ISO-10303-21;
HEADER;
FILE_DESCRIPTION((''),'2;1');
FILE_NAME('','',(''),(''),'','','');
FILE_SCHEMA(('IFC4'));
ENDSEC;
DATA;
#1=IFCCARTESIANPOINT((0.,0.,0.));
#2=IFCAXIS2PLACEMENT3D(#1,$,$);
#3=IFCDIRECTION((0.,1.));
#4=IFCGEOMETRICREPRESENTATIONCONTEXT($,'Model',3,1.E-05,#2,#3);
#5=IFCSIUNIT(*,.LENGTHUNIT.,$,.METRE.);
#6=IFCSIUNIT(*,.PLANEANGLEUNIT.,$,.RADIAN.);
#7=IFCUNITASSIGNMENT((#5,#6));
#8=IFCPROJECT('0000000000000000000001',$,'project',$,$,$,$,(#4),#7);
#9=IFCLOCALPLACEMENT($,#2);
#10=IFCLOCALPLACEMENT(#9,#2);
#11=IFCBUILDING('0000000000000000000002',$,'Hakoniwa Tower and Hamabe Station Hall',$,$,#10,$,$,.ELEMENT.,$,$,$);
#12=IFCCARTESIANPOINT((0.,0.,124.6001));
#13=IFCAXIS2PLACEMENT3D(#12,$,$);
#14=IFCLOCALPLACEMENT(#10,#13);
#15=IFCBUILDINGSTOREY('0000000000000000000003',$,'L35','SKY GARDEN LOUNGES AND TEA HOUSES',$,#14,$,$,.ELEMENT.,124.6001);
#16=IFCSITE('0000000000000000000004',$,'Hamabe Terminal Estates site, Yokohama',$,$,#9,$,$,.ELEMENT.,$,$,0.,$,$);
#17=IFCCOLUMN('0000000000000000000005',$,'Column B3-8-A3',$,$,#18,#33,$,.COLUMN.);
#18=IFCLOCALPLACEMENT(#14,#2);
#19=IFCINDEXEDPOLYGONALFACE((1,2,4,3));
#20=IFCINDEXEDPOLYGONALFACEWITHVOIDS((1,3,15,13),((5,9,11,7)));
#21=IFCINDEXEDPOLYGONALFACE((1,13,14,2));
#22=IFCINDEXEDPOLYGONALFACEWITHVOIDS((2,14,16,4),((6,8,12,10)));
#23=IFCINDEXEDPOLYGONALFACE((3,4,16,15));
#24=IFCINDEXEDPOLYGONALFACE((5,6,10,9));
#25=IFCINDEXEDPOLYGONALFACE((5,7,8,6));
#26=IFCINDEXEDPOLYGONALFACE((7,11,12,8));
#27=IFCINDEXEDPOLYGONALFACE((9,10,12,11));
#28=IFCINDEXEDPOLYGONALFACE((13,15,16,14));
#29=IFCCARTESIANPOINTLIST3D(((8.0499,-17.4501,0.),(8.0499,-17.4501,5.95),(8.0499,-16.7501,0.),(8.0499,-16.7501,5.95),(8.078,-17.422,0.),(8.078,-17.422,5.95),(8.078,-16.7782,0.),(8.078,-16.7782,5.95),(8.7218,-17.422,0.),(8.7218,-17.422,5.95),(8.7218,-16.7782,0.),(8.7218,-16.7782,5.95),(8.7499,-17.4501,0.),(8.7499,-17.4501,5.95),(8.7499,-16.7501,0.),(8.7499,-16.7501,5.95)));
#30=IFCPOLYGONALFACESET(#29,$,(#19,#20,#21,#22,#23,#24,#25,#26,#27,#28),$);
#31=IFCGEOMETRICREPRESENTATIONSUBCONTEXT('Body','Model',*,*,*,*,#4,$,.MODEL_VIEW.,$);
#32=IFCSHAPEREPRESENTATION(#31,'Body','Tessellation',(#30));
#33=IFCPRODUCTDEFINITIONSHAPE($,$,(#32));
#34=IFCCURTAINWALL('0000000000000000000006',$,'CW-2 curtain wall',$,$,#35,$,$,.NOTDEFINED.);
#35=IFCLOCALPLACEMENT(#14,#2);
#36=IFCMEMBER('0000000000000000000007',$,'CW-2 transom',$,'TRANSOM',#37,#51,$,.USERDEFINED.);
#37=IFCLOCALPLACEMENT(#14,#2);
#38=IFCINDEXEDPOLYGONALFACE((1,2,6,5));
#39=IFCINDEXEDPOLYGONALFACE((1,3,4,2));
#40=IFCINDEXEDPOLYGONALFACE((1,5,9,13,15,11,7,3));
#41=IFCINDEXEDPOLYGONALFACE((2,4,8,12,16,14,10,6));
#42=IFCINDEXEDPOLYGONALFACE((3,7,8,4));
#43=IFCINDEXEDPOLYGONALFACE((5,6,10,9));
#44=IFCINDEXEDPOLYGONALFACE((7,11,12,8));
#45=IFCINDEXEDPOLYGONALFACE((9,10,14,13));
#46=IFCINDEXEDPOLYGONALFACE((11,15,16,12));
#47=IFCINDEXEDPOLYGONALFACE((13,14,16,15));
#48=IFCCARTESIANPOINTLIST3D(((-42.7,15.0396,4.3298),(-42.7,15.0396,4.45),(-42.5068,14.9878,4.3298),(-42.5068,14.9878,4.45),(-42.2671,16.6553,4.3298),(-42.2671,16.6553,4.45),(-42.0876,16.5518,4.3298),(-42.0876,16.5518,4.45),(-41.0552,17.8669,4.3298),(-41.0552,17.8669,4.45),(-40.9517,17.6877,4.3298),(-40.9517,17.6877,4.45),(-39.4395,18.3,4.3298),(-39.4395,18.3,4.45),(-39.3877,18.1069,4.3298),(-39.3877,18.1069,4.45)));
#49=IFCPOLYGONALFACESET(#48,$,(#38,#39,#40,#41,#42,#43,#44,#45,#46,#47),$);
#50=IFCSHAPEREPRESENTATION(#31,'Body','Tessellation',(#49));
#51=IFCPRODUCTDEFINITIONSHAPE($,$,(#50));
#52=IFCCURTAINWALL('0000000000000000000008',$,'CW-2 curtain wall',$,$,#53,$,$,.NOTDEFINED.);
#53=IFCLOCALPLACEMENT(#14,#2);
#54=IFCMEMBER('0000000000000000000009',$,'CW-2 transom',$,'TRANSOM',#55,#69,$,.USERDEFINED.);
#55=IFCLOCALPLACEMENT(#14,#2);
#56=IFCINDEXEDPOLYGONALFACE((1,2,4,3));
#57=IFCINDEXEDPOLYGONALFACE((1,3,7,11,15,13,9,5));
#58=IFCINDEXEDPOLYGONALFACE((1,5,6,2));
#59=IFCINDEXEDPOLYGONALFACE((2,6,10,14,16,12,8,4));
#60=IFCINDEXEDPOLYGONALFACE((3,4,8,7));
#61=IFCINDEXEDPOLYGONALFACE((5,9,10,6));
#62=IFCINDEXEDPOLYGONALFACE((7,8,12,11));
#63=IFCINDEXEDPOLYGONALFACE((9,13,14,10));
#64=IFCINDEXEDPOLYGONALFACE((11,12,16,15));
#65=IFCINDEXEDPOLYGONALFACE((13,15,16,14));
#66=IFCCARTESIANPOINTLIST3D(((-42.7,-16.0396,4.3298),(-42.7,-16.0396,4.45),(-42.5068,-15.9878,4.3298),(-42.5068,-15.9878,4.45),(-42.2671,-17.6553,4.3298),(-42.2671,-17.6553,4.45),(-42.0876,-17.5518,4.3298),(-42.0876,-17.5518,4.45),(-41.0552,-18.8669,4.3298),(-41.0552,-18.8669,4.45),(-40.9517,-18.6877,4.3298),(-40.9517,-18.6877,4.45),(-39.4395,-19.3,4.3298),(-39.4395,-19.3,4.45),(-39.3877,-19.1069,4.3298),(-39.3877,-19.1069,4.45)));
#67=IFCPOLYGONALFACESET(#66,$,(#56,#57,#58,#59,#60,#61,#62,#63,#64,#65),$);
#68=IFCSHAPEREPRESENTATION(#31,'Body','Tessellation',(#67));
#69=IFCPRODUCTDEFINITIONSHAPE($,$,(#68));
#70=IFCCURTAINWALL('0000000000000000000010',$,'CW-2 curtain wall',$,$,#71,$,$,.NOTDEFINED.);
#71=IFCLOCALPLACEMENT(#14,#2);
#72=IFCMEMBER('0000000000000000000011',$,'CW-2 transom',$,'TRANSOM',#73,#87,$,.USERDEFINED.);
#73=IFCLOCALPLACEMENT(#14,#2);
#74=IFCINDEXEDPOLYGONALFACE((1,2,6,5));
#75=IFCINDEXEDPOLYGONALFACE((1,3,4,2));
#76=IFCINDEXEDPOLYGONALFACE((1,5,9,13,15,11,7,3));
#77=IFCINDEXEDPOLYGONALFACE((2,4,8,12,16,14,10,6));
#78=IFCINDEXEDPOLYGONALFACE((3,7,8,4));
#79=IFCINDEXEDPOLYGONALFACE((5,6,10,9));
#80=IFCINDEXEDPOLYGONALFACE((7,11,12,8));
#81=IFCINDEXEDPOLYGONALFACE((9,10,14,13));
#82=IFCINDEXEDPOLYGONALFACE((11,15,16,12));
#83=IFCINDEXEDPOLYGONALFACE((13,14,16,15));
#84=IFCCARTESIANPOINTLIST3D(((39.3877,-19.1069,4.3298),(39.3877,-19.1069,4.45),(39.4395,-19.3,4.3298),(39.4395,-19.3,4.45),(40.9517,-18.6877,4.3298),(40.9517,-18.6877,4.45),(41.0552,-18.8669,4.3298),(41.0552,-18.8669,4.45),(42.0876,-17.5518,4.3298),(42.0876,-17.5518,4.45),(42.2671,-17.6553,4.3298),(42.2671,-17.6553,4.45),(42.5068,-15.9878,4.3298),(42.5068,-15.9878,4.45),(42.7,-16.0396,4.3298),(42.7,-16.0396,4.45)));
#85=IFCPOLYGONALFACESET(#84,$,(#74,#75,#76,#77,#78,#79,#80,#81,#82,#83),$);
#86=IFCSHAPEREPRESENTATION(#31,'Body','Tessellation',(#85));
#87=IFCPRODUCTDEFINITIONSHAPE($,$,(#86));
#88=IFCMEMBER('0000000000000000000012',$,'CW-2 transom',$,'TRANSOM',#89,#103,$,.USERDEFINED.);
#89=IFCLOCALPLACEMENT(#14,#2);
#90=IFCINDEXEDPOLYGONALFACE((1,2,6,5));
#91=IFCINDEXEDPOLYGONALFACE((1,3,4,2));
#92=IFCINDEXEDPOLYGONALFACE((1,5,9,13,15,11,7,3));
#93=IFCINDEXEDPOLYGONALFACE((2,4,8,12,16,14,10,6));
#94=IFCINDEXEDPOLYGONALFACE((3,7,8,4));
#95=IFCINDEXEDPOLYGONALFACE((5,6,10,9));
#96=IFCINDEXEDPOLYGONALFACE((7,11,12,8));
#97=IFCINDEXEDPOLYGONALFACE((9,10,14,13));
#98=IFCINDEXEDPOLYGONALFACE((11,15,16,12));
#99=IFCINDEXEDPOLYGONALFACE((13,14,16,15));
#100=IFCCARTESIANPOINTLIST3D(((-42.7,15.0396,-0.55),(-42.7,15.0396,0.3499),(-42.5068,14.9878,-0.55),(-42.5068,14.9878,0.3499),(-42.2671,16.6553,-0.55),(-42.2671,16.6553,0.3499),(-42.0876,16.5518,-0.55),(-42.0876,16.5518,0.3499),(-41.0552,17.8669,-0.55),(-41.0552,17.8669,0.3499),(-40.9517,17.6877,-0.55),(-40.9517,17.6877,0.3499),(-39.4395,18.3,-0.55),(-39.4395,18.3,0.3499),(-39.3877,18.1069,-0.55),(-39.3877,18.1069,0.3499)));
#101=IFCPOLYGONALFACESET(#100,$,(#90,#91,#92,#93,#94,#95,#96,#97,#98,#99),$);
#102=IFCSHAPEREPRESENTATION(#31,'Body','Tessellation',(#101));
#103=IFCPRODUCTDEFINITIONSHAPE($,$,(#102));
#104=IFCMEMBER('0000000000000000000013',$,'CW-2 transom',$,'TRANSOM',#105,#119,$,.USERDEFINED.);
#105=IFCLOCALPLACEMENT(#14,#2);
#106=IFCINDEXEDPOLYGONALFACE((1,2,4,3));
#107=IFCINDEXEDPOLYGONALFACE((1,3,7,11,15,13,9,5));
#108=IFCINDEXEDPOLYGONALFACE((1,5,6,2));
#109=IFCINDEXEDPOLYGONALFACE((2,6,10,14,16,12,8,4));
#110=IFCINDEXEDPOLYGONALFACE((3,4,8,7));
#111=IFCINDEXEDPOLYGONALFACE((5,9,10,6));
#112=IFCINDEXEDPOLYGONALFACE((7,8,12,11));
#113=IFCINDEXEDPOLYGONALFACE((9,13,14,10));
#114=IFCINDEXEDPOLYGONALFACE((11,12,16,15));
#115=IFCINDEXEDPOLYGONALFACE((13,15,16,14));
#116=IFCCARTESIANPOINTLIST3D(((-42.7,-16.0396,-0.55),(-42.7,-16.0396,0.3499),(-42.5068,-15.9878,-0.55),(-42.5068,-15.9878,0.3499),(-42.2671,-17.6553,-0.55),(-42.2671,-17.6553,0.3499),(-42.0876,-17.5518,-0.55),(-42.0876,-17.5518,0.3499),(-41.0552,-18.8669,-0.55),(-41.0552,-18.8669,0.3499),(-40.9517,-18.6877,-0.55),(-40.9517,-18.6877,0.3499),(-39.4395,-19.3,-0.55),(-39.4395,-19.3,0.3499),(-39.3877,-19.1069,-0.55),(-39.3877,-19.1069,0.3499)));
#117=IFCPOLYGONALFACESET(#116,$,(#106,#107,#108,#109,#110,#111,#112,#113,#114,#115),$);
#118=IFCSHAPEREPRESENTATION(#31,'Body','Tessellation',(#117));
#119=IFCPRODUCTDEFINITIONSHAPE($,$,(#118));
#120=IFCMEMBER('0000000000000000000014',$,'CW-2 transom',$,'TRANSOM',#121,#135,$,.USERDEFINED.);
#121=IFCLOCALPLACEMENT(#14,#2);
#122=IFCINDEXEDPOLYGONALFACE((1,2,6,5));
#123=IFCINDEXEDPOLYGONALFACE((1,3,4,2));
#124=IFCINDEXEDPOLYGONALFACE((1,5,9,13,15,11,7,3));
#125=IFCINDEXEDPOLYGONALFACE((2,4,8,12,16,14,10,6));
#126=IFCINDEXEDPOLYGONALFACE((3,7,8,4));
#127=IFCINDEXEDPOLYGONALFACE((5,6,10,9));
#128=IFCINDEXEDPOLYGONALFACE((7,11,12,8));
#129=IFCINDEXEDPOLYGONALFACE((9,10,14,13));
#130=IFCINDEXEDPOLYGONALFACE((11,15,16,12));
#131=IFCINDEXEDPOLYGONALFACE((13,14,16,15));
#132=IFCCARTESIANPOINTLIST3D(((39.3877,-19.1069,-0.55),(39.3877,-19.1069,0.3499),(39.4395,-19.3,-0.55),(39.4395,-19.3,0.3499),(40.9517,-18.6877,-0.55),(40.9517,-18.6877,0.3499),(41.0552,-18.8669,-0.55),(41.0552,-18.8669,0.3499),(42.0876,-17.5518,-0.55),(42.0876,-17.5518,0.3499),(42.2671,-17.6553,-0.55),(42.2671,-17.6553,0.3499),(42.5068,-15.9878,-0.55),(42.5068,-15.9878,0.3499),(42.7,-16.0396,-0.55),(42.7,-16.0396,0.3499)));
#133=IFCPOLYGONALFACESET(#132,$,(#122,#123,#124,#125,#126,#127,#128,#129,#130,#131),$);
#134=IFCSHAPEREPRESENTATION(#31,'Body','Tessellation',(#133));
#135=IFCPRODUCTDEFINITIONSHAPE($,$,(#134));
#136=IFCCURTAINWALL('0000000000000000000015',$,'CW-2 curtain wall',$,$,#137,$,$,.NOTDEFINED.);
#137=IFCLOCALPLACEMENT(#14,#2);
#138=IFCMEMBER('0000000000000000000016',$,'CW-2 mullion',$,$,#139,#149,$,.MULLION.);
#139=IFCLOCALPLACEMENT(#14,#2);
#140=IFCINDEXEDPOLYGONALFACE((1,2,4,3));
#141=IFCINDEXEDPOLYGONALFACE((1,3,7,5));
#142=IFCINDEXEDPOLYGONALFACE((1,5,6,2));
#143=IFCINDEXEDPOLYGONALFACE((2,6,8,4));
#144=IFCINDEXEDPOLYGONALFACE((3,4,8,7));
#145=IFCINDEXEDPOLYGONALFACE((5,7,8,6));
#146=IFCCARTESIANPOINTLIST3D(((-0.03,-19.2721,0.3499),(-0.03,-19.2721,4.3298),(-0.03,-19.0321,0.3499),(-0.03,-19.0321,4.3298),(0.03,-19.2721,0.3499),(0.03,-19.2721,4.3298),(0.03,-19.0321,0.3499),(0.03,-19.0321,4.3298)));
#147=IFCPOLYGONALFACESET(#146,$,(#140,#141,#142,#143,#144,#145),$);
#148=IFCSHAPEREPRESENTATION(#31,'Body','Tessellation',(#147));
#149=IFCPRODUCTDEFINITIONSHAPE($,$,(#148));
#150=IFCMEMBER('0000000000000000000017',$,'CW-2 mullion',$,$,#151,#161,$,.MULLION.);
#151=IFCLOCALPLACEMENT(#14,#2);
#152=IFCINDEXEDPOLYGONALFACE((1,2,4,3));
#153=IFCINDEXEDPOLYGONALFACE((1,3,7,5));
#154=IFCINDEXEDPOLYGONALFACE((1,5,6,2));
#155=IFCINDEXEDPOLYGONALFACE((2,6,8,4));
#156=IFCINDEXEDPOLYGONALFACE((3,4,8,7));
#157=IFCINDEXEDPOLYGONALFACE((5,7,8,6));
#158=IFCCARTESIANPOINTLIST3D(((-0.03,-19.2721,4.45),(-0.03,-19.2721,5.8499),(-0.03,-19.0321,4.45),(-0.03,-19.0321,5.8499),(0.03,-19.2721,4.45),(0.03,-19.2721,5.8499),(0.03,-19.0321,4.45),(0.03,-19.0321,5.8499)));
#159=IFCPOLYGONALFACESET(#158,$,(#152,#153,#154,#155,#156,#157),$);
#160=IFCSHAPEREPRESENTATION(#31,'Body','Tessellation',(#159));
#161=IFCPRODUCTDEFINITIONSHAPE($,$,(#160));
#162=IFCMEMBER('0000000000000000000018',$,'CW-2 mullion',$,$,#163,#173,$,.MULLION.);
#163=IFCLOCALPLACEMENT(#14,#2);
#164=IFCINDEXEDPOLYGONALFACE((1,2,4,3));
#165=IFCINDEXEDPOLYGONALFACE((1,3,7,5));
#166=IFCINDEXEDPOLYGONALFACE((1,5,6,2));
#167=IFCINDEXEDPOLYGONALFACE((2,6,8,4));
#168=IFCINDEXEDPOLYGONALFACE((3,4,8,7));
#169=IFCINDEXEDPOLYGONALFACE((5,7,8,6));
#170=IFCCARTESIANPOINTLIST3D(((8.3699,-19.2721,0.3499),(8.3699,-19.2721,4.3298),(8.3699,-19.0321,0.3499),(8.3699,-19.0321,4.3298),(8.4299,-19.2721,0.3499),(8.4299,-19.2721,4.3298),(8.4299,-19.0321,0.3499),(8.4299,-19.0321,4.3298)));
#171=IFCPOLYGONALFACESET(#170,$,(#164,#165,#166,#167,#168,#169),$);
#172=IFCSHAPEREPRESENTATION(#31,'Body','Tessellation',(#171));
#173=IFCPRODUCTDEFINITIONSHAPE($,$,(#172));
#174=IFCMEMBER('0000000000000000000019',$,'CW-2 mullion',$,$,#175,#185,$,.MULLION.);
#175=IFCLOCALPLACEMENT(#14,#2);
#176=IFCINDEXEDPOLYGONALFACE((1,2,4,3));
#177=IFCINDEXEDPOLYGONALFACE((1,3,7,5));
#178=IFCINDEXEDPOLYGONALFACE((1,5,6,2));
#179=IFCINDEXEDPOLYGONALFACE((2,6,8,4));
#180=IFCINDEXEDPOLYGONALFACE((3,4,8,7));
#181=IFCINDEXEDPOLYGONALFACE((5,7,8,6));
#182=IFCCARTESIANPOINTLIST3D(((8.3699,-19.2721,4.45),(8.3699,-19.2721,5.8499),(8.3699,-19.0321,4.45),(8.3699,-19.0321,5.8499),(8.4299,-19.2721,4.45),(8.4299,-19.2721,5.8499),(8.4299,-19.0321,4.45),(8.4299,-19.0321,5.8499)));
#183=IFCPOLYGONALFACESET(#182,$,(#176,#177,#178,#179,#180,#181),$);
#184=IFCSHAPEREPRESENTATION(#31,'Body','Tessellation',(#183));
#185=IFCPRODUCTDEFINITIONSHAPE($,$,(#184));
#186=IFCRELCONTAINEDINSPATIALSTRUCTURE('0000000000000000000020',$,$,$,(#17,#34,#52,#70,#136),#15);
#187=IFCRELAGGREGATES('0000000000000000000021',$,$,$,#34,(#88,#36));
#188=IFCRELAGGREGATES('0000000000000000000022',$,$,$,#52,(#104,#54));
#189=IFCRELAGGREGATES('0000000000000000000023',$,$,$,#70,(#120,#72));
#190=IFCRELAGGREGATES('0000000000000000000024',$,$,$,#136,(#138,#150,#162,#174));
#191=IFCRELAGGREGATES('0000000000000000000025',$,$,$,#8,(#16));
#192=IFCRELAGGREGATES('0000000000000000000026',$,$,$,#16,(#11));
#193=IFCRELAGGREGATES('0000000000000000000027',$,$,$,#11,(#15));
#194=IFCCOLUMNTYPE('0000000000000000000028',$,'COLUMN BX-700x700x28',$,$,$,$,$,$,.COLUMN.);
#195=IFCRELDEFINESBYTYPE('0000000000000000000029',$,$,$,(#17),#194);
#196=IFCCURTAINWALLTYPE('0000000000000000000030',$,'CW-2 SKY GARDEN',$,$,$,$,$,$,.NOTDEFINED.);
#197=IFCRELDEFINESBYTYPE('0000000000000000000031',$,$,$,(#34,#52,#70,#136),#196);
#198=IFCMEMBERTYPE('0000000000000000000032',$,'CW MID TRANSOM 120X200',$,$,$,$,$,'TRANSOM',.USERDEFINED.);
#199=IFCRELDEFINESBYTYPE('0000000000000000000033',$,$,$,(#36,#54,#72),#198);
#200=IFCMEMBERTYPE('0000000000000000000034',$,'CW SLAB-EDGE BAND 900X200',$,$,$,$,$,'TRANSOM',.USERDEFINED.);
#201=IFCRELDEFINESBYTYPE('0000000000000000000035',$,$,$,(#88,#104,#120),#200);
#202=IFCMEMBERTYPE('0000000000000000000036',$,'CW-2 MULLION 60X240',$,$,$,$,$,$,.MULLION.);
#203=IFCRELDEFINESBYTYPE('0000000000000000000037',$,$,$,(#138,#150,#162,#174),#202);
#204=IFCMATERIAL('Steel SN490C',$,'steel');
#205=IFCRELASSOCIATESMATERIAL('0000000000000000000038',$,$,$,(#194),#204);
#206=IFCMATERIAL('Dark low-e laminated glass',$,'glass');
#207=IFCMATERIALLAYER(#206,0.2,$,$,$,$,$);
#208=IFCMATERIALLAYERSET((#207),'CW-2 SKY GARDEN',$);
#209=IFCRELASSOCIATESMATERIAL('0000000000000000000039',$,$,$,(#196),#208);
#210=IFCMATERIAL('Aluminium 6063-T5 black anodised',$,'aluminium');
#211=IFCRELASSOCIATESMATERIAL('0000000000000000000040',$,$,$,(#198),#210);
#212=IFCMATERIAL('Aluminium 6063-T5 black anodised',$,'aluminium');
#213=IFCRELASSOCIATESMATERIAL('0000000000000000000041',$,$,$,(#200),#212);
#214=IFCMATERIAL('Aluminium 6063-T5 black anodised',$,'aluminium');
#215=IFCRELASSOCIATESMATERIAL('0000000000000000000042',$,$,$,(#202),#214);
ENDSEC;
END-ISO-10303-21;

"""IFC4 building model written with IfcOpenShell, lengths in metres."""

from ifc_helpers import new_model, si_unit, direction, frame, origin, origin_2d, place, context, subcontext, project, spatial, polyline, rectangle, hollow_rectangle, outline, extrude, material, layer, layer_set, material_profile, profile_set, type_object, element, aggregate, save


model = new_model("IFC4")

# Units and contexts
model_context = context("Model", 3, precision=1e-05, world=origin(), true_north=direction((0.0, 1.0)))
body_context = subcontext(model_context, "Body", "Model", "MODEL_VIEW")
ifc_project = project(units=[si_unit("LENGTHUNIT", "METRE"), si_unit("PLANEANGLEUNIT", "RADIAN")], contexts=[model_context])

# Site, building, storey
site_placement = place(None, origin())
site = spatial("IfcSite", under=ifc_project, at=site_placement, Name="Hamabe Terminal Estates site, Yokohama", CompositionType="ELEMENT", RefElevation=0.0)
building_placement = place(site_placement, origin())
building = spatial("IfcBuilding", under=site, at=building_placement, Name="Hakoniwa Tower and Hamabe Station Hall", CompositionType="ELEMENT")
storey_placement = place(building_placement, frame((0.0, 0.0, 124.6001)))
storey = spatial("IfcBuildingStorey", under=building, at=storey_placement, Name="L35", Description="SKY GARDEN LOUNGES AND TEA HOUSES", CompositionType="ELEMENT", Elevation=124.6001)

# Column
ifc_material_1 = material(Name="Steel SN490C", Category="steel")
ifc_material_profile_1 = material_profile(ifc_material_1, hollow_rectangle(XDim=0.7, YDim=0.7, WallThickness=0.0281, at=origin_2d()), Name="BX-700x700x28")
ifc_profile_set_1 = profile_set([ifc_material_profile_1], Name="Steel SN490C")
column_type = type_object("IfcColumnType", Name="COLUMN BX-700x700x28", PredefinedType="COLUMN", material=ifc_profile_set_1)
column_placement = place(storey_placement, frame((8.3999, -17.1001, 0.0), z_axis=(0.0, 0.0, 1.0), x_axis=(1.0, 0.0, 0.0)))
element("IfcColumn", 1, at=column_placement, inside=storey, type_object=column_type, Name="Column B3-8-A3", PredefinedType="COLUMN", context=body_context, shape_type="SweptSolid", body=[
    extrude(hollow_rectangle(XDim=0.7, YDim=0.7, WallThickness=0.0281, at=origin_2d()), origin(), (0.0, 0.0, 1.0), 5.95),
])

# Curtain walls, members
ifc_material_2 = material(Name="Dark low-e laminated glass", Category="glass")
ifc_layer_1 = layer(ifc_material_2, 0.2)
ifc_layer_set_1 = layer_set([ifc_layer_1], Name="CW-2 SKY GARDEN")
curtain_wall_type = type_object("IfcCurtainWallType", Name="CW-2 SKY GARDEN", PredefinedType="NOTDEFINED", material=ifc_layer_set_1)
curtain_wall_1_placement = place(storey_placement, origin())
curtain_wall_1 = element("IfcCurtainWall", 2, at=curtain_wall_1_placement, inside=storey, type_object=curtain_wall_type, Name="CW-2 curtain wall", PredefinedType="NOTDEFINED")
ifc_material_3 = material(Name="Aluminium 6063-T5 black anodised", Category="aluminium")
ifc_material_profile_2 = material_profile(ifc_material_3, rectangle(XDim=0.2, YDim=0.1201, at=origin_2d()), Name="CW MID TRANSOM 120X200")
ifc_profile_set_2 = profile_set([ifc_material_profile_2], Name="Aluminium 6063-T5 black anodised")
member_type_1 = type_object("IfcMemberType", Name="CW MID TRANSOM 120X200", ElementType="TRANSOM", PredefinedType="USERDEFINED", material=ifc_profile_set_2)
member_1_placement = place(storey_placement, frame((0.0, 0.0, 4.3298)))
member_1 = element("IfcMember", 3, at=member_1_placement, type_object=member_type_1, Name="CW-2 transom", ObjectType="TRANSOM", PredefinedType="USERDEFINED", context=body_context, shape_type="SweptSolid", body=[
    extrude(outline(polyline([(-39.4395, 18.3), (-41.0552, 17.8669), (-42.2671, 16.6553), (-42.7, 15.0396), (-42.5068, 14.9878), (-42.0876, 16.5518), (-40.9517, 17.6877), (-39.3877, 18.1069), (-39.4395, 18.3)])), origin(), (0.0, 0.0, 1.0), 0.1201),
])
curtain_wall_2_placement = place(storey_placement, origin())
curtain_wall_2 = element("IfcCurtainWall", 4, at=curtain_wall_2_placement, inside=storey, type_object=curtain_wall_type, Name="CW-2 curtain wall", PredefinedType="NOTDEFINED")
member_2_placement = place(storey_placement, frame((0.0, 0.0, 4.3298)))
member_2 = element("IfcMember", 5, at=member_2_placement, type_object=member_type_1, Name="CW-2 transom", ObjectType="TRANSOM", PredefinedType="USERDEFINED", context=body_context, shape_type="SweptSolid", body=[
    extrude(outline(polyline([(-42.7, -16.0396), (-42.2671, -17.6553), (-41.0552, -18.8669), (-39.4395, -19.3), (-39.3877, -19.1069), (-40.9517, -18.6877), (-42.0876, -17.5518), (-42.5068, -15.9878), (-42.7, -16.0396)])), origin(), (0.0, 0.0, 1.0), 0.1201),
])
curtain_wall_3_placement = place(storey_placement, origin())
curtain_wall_3 = element("IfcCurtainWall", 6, at=curtain_wall_3_placement, inside=storey, type_object=curtain_wall_type, Name="CW-2 curtain wall", PredefinedType="NOTDEFINED")
member_3_placement = place(storey_placement, frame((0.0, 0.0, 4.3298)))
member_3 = element("IfcMember", 7, at=member_3_placement, type_object=member_type_1, Name="CW-2 transom", ObjectType="TRANSOM", PredefinedType="USERDEFINED", context=body_context, shape_type="SweptSolid", body=[
    extrude(outline(polyline([(39.4395, -19.3), (41.0552, -18.8669), (42.2671, -17.6553), (42.7, -16.0396), (42.5068, -15.9878), (42.0876, -17.5518), (40.9517, -18.6877), (39.3877, -19.1069), (39.4395, -19.3)])), origin(), (0.0, 0.0, 1.0), 0.1201),
])

# Members
ifc_material_4 = material(Name="Aluminium 6063-T5 black anodised", Category="aluminium")
ifc_material_profile_3 = material_profile(ifc_material_4, rectangle(XDim=0.2, YDim=0.8999, at=origin_2d()), Name="CW SLAB-EDGE BAND 900X200")
ifc_profile_set_3 = profile_set([ifc_material_profile_3], Name="Aluminium 6063-T5 black anodised")
member_type_2 = type_object("IfcMemberType", Name="CW SLAB-EDGE BAND 900X200", ElementType="TRANSOM", PredefinedType="USERDEFINED", material=ifc_profile_set_3)
member_4_placement = place(storey_placement, frame((0.0, 0.0, -0.55)))
member_4 = element("IfcMember", 8, at=member_4_placement, type_object=member_type_2, Name="CW-2 transom", ObjectType="TRANSOM", PredefinedType="USERDEFINED", context=body_context, shape_type="SweptSolid", body=[
    extrude(outline(polyline([(-39.4395, 18.3), (-41.0552, 17.8669), (-42.2671, 16.6553), (-42.7, 15.0396), (-42.5068, 14.9878), (-42.0876, 16.5518), (-40.9517, 17.6877), (-39.3877, 18.1069), (-39.4395, 18.3)])), origin(), (0.0, 0.0, 1.0), 0.8999),
])
aggregate(curtain_wall_1, [member_4, member_1])
member_5_placement = place(storey_placement, frame((0.0, 0.0, -0.55)))
member_5 = element("IfcMember", 9, at=member_5_placement, type_object=member_type_2, Name="CW-2 transom", ObjectType="TRANSOM", PredefinedType="USERDEFINED", context=body_context, shape_type="SweptSolid", body=[
    extrude(outline(polyline([(-42.7, -16.0396), (-42.2671, -17.6553), (-41.0552, -18.8669), (-39.4395, -19.3), (-39.3877, -19.1069), (-40.9517, -18.6877), (-42.0876, -17.5518), (-42.5068, -15.9878), (-42.7, -16.0396)])), origin(), (0.0, 0.0, 1.0), 0.8999),
])
member_6_placement = place(storey_placement, frame((0.0, 0.0, -0.55)))
member_6 = element("IfcMember", 10, at=member_6_placement, type_object=member_type_2, Name="CW-2 transom", ObjectType="TRANSOM", PredefinedType="USERDEFINED", context=body_context, shape_type="SweptSolid", body=[
    extrude(outline(polyline([(39.4395, -19.3), (41.0552, -18.8669), (42.2671, -17.6553), (42.7, -16.0396), (42.5068, -15.9878), (42.0876, -17.5518), (40.9517, -18.6877), (39.3877, -19.1069), (39.4395, -19.3)])), origin(), (0.0, 0.0, 1.0), 0.8999),
])

# Curtain wall, members
curtain_wall_4_placement = place(storey_placement, origin())
curtain_wall_4 = element("IfcCurtainWall", 11, at=curtain_wall_4_placement, inside=storey, type_object=curtain_wall_type, Name="CW-2 curtain wall", PredefinedType="NOTDEFINED")
ifc_material_5 = material(Name="Aluminium 6063-T5 black anodised", Category="aluminium")
ifc_material_profile_4 = material_profile(ifc_material_5, rectangle(XDim=0.0601, YDim=0.24, at=origin_2d()), Name="CW-2 MULLION 60X240")
ifc_profile_set_4 = profile_set([ifc_material_profile_4], Name="Aluminium 6063-T5 black anodised")
member_type_3 = type_object("IfcMemberType", Name="CW-2 MULLION 60X240", PredefinedType="MULLION", material=ifc_profile_set_4)
member_7_placement = place(storey_placement, frame((0.0, -19.1521, 0.3499), z_axis=(0.0, 0.0, 1.0), x_axis=(1.0, 0.0, 0.0)))
member_7 = element("IfcMember", 12, at=member_7_placement, type_object=member_type_3, Name="CW-2 mullion", PredefinedType="MULLION", context=body_context, shape_type="SweptSolid", body=[
    extrude(rectangle(XDim=0.0601, YDim=0.24, at=origin_2d()), origin(), (0.0, 0.0, 1.0), 3.98),
])
member_8_placement = place(storey_placement, frame((0.0, -19.1521, 4.45), z_axis=(0.0, 0.0, 1.0), x_axis=(1.0, 0.0, 0.0)))
member_8 = element("IfcMember", 13, at=member_8_placement, type_object=member_type_3, Name="CW-2 mullion", PredefinedType="MULLION", context=body_context, shape_type="SweptSolid", body=[
    extrude(rectangle(XDim=0.0601, YDim=0.24, at=origin_2d()), origin(), (0.0, 0.0, 1.0), 1.3999),
])
member_9_placement = place(storey_placement, frame((8.3999, -19.1521, 0.3499), z_axis=(0.0, 0.0, 1.0), x_axis=(1.0, 0.0, 0.0)))
member_9 = element("IfcMember", 14, at=member_9_placement, type_object=member_type_3, Name="CW-2 mullion", PredefinedType="MULLION", context=body_context, shape_type="SweptSolid", body=[
    extrude(rectangle(XDim=0.0601, YDim=0.24, at=origin_2d()), origin(), (0.0, 0.0, 1.0), 3.98),
])
member_10_placement = place(storey_placement, frame((8.3999, -19.1521, 4.45), z_axis=(0.0, 0.0, 1.0), x_axis=(1.0, 0.0, 0.0)))
member_10 = element("IfcMember", 15, at=member_10_placement, type_object=member_type_3, Name="CW-2 mullion", PredefinedType="MULLION", context=body_context, shape_type="SweptSolid", body=[
    extrude(rectangle(XDim=0.0601, YDim=0.24, at=origin_2d()), origin(), (0.0, 0.0, 1.0), 1.3999),
])

aggregate(curtain_wall_2, [member_5, member_2])
aggregate(curtain_wall_3, [member_6, member_3])

aggregate(curtain_wall_4, [member_7, member_8, member_9, member_10])

save(model, "model.ifc")
